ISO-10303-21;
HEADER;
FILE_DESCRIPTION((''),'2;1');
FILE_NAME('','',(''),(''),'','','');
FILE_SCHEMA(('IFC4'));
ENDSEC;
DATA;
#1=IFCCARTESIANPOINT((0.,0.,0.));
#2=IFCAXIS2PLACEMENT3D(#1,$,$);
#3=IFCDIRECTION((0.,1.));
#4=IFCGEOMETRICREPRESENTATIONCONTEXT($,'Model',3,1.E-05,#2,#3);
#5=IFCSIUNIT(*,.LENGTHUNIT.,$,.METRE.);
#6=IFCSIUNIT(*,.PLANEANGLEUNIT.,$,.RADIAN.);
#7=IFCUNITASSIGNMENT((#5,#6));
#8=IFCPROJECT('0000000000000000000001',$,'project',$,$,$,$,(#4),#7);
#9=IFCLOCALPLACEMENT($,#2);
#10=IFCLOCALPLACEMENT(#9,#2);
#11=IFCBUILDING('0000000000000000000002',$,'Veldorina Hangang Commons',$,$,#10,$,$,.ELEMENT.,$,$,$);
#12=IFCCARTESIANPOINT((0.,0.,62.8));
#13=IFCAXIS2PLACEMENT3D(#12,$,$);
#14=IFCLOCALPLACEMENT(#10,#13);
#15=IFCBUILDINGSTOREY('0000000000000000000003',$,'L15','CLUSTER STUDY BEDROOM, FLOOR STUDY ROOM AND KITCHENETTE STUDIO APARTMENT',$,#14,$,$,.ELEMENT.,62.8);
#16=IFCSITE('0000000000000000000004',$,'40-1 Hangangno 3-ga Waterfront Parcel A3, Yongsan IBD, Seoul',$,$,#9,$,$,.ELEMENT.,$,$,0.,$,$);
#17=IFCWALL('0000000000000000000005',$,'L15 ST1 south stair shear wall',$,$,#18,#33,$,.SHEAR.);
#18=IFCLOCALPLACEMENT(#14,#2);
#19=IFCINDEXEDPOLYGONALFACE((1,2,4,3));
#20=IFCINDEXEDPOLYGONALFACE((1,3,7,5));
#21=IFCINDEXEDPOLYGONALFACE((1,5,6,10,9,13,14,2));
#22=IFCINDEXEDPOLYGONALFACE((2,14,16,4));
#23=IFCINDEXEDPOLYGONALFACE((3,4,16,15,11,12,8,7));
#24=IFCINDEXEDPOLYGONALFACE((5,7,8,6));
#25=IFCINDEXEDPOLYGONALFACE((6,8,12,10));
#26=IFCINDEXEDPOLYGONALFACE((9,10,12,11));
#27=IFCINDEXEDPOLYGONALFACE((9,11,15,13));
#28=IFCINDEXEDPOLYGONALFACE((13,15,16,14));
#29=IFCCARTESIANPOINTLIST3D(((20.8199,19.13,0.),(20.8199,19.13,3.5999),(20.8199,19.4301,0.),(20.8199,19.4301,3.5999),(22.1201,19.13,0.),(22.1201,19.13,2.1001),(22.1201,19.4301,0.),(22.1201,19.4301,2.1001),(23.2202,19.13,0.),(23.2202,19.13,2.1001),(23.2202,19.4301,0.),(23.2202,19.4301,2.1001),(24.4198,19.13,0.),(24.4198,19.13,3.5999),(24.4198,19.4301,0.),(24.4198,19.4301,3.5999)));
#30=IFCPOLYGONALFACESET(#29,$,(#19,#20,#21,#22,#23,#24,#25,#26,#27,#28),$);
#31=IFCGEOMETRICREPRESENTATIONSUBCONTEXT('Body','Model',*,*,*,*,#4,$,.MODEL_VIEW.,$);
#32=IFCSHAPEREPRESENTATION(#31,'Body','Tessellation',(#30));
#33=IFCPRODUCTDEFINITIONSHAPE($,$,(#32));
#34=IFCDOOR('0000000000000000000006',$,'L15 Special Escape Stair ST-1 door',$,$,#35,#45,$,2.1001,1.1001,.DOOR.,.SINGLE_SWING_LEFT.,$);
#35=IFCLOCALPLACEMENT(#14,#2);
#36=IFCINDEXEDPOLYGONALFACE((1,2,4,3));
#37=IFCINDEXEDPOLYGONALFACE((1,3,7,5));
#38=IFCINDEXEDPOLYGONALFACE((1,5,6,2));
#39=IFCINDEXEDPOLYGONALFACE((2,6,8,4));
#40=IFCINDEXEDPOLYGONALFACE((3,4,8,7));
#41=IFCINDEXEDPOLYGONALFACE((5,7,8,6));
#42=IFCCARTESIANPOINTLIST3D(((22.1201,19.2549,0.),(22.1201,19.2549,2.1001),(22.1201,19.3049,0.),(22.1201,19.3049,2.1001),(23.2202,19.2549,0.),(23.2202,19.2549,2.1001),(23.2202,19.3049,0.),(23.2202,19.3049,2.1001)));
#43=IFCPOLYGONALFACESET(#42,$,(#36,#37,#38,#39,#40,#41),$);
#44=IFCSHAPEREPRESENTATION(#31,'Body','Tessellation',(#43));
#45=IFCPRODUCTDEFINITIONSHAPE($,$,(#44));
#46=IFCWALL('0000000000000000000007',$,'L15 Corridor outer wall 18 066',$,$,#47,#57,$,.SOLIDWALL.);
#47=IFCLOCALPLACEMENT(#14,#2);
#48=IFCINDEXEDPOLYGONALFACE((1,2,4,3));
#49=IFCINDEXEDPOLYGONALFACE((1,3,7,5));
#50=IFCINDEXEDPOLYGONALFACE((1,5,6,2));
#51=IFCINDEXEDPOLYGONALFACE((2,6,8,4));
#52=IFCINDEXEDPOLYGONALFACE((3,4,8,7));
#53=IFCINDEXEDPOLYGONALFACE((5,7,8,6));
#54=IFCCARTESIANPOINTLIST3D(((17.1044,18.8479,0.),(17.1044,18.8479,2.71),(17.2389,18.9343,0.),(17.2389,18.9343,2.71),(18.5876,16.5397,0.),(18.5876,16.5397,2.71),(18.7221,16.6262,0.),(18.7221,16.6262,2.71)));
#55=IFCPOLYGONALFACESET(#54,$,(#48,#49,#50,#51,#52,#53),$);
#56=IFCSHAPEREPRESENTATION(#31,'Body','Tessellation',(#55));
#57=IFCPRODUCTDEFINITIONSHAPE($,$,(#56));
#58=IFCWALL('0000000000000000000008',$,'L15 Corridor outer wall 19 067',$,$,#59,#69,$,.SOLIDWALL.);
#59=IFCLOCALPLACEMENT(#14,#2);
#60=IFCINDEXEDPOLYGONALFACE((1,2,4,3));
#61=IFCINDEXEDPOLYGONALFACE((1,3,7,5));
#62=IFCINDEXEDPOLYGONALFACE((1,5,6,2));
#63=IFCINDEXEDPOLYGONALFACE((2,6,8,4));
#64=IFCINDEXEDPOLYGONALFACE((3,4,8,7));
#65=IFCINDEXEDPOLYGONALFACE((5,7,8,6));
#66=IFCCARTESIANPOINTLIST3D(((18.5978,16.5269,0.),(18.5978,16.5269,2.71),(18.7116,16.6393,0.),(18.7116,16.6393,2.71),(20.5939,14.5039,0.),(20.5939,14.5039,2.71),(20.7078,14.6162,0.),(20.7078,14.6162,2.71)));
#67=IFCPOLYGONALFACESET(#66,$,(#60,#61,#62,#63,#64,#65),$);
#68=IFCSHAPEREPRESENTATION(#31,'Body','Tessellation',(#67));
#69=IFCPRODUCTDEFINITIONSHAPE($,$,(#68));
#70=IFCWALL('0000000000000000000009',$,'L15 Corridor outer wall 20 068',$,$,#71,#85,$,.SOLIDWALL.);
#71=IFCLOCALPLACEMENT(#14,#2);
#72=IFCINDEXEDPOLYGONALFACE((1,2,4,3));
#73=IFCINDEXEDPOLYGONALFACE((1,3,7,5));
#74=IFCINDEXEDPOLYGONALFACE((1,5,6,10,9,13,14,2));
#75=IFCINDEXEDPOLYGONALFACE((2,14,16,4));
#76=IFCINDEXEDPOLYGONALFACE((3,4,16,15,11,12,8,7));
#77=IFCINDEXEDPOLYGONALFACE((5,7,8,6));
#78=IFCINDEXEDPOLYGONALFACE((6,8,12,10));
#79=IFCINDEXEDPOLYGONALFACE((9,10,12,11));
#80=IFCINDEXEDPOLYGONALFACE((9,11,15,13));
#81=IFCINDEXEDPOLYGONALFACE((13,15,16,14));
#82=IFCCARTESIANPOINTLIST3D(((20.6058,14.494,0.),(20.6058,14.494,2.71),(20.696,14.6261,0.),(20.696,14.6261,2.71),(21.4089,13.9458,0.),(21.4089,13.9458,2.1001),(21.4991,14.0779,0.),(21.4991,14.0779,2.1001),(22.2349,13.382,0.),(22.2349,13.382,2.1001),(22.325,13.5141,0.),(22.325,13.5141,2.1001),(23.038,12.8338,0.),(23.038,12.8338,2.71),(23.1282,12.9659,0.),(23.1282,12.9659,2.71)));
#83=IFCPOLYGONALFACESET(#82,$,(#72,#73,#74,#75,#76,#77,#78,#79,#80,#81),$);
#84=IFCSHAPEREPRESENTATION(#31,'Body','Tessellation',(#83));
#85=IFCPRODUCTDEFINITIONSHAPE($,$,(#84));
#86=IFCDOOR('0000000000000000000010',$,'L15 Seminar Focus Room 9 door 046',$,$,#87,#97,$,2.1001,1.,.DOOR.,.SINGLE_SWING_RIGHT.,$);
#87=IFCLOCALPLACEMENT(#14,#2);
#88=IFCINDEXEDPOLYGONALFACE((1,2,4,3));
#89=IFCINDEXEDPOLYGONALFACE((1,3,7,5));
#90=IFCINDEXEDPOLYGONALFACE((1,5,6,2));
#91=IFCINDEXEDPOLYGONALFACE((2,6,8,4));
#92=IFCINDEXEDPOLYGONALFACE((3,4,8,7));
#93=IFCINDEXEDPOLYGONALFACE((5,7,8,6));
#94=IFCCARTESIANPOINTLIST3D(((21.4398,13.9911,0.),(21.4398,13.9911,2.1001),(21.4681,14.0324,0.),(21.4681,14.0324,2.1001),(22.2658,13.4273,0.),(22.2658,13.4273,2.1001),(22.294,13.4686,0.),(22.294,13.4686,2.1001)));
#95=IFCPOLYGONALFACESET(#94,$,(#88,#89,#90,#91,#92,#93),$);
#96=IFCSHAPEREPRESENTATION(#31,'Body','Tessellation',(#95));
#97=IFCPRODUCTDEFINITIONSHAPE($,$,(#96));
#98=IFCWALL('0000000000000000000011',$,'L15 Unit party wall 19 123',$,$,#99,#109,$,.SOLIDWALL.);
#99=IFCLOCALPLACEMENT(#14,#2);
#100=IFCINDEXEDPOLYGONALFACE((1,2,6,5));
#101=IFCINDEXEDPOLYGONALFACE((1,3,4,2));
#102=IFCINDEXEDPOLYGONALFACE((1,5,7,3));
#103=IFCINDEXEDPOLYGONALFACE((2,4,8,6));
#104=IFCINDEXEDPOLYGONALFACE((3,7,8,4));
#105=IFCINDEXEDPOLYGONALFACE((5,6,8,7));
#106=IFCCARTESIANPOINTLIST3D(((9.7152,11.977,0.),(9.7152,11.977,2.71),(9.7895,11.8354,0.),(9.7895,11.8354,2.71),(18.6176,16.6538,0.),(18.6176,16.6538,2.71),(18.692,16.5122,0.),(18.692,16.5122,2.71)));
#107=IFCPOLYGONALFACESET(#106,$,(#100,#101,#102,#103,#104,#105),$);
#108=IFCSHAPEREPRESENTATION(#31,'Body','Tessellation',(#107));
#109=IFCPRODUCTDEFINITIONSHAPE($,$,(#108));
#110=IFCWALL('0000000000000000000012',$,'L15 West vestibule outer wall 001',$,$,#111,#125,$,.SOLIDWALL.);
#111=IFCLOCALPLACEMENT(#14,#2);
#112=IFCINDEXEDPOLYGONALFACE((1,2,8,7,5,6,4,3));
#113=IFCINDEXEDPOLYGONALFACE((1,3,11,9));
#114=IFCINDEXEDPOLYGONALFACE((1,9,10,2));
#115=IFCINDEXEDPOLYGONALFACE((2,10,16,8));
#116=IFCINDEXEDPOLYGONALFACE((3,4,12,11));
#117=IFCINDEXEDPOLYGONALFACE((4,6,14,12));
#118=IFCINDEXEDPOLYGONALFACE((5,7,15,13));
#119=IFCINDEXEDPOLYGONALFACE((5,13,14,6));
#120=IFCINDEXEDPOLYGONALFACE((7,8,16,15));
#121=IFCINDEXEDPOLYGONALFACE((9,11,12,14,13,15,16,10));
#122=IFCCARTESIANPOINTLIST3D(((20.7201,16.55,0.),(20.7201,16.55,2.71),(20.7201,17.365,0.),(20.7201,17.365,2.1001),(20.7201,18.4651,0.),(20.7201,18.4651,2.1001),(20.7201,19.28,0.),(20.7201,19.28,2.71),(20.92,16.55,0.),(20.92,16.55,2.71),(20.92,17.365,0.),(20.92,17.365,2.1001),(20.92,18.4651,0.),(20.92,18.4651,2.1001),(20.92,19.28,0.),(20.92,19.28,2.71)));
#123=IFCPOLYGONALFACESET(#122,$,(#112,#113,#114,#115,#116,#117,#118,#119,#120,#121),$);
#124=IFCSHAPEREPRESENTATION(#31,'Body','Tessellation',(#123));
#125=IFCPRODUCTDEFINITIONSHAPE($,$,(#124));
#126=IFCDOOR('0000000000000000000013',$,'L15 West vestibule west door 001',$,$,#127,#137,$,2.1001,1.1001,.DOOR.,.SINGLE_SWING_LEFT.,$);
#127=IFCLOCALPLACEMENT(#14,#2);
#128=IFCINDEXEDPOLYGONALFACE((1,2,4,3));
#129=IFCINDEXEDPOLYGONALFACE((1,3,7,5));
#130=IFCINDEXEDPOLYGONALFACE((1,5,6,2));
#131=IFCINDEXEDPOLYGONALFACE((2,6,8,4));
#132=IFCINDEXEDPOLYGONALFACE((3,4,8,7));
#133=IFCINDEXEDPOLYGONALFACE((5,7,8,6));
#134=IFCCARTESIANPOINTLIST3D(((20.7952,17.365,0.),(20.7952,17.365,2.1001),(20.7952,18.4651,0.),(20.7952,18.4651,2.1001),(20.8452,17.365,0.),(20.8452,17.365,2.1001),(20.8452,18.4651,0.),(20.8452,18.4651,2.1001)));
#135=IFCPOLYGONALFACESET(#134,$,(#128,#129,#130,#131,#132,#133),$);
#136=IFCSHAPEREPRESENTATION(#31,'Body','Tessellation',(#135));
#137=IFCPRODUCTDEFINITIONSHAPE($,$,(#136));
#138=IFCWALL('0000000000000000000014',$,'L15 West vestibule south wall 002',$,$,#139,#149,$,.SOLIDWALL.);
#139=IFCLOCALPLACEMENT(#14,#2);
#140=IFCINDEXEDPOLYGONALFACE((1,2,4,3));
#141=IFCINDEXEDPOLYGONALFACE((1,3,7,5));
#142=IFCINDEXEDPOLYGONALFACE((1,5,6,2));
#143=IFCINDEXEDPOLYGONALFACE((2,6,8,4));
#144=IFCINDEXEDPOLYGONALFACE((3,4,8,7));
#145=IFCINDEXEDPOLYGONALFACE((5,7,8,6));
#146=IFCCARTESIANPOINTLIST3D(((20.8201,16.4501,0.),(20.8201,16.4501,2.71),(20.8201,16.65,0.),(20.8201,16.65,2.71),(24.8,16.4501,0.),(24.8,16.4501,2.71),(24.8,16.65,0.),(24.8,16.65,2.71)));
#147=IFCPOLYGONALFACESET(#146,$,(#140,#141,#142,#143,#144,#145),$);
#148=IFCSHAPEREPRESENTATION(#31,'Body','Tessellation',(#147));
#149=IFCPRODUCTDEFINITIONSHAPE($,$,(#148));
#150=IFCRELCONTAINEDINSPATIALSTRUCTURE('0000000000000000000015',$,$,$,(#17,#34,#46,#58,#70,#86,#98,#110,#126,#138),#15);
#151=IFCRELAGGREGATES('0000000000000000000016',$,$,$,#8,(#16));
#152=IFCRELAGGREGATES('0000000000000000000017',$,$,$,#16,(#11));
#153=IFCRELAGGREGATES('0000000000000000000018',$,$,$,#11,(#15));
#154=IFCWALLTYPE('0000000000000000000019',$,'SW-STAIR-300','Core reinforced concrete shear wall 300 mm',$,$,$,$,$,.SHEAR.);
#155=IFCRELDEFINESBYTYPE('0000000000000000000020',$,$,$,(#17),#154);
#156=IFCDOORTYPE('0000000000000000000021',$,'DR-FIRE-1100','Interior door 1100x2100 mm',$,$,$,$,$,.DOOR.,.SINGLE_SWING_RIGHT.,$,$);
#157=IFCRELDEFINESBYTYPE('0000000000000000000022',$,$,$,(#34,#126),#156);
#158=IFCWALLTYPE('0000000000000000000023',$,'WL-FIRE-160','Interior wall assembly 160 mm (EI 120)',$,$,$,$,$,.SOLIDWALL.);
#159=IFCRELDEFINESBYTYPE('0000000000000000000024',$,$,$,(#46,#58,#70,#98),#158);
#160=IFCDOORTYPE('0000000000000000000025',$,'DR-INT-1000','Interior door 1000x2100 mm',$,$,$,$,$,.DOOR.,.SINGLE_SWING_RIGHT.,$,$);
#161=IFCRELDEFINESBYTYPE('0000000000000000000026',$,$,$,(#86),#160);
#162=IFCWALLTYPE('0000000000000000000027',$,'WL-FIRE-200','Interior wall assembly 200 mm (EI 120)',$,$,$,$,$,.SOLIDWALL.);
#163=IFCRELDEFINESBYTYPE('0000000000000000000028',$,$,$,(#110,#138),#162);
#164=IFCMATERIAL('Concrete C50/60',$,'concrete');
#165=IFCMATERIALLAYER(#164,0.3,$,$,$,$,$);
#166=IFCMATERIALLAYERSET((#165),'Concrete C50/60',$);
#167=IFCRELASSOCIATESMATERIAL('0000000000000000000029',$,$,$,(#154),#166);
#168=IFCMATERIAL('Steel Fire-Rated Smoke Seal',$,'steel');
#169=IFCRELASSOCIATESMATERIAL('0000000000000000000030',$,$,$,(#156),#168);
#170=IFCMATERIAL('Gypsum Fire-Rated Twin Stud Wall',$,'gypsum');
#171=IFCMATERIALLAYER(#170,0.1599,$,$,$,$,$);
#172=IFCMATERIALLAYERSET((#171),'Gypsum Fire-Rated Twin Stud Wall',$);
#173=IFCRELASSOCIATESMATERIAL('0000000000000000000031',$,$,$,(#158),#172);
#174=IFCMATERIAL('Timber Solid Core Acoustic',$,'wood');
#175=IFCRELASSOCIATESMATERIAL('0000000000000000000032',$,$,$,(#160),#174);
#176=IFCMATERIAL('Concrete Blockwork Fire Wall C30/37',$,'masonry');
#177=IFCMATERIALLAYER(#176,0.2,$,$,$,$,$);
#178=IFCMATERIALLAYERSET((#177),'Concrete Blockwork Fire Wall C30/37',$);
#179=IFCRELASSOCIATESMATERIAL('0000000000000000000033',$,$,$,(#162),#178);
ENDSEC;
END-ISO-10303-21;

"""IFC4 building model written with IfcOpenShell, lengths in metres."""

from ifc_helpers import new_model, si_unit, direction, frame, frame_2d, origin, place, context, subcontext, project, spatial, rectangle, extrude, material, layer, layer_set, type_object, element, fill, save


model = new_model("IFC4")

# Units and contexts
model_context = context("Model", 3, precision=1e-05, world=origin(), true_north=direction((0.0, 1.0)))
body_context = subcontext(model_context, "Body", "Model", "MODEL_VIEW")
ifc_project = project(units=[si_unit("LENGTHUNIT", "METRE"), si_unit("PLANEANGLEUNIT", "RADIAN")], contexts=[model_context])

# Site, building, storey
site_placement = place(None, origin())
site = spatial("IfcSite", under=ifc_project, at=site_placement, Name="40-1 Hangangno 3-ga Waterfront Parcel A3, Yongsan IBD, Seoul", CompositionType="ELEMENT", RefElevation=0.0)
building_placement = place(site_placement, origin())
building = spatial("IfcBuilding", under=site, at=building_placement, Name="Veldorina Hangang Commons", CompositionType="ELEMENT")
storey_placement = place(building_placement, frame((0.0, 0.0, 62.8)))
storey = spatial("IfcBuildingStorey", under=building, at=storey_placement, Name="L15", Description="CLUSTER STUDY BEDROOM, FLOOR STUDY ROOM AND KITCHENETTE STUDIO APARTMENT", CompositionType="ELEMENT", Elevation=62.8)

# Shared definitions
ifc_material_1 = material(Name="Concrete C50/60", Category="concrete")
ifc_layer_1 = layer(ifc_material_1, 0.3)
ifc_layer_set_1 = layer_set([ifc_layer_1], Name="Concrete C50/60")
wall_type_1 = type_object("IfcWallType", Name="SW-STAIR-300", Description="Core reinforced concrete shear wall 300 mm", PredefinedType="SHEAR", material=ifc_layer_set_1)

# Wall, opening, door
wall_1_placement = place(storey_placement, frame((20.8201, 19.28, 0.0), z_axis=(0.0, 0.0, 1.0), x_axis=(1.0, 0.0, 0.0)))
wall_1 = element("IfcWall", 1, at=wall_1_placement, inside=storey, type_object=wall_type_1, Name="L15 ST1 south stair shear wall", PredefinedType="SHEAR", context=body_context, shape_type="SweptSolid", body=[
    extrude(rectangle(XDim=3.5999, YDim=0.3, at=frame_2d((1.7998, 0.0))), origin(), (0.0, 0.0, 1.0), 3.5999),
])
opening_1_placement = place(wall_1_placement, frame((1.3, 0.0, 0.0)))
opening_1 = element("IfcOpeningElement", 2, at=opening_1_placement, cuts=wall_1, PredefinedType="OPENING", context=body_context, shape_type="SweptSolid", body=[
    extrude(rectangle(XDim=1.1001, YDim=2.1001, at=frame_2d((0.55, 1.05))), frame((0.0, 0.1602, 0.0), z_axis=(0.0, -1.0, 0.0), x_axis=(1.0, 0.0, 0.0)), (0.0, 0.0, 1.0), 0.3201),
])
ifc_material_2 = material(Name="Steel Fire-Rated Smoke Seal", Category="steel")
door_type_1 = type_object("IfcDoorType", Name="DR-FIRE-1100", Description="Interior door 1100x2100 mm", OperationType="SINGLE_SWING_RIGHT", PredefinedType="DOOR", material=ifc_material_2)
door_1_placement = place(opening_1_placement, origin())
door_1 = element("IfcDoor", 3, at=door_1_placement, inside=storey, type_object=door_type_1, Name="L15 Special Escape Stair ST-1 door", OperationType="SINGLE_SWING_LEFT", OverallHeight=2.1001, OverallWidth=1.1001, PredefinedType="DOOR", context=body_context, shape_type="SweptSolid", body=[
    extrude(rectangle(XDim=1.1001, YDim=2.1001, at=frame_2d((0.55, 1.05))), frame((0.0, 0.0249, 0.0), z_axis=(0.0, -1.0, 0.0), x_axis=(1.0, 0.0, 0.0)), (0.0, 0.0, 1.0), 0.05),
])
fill(opening_1, door_1)

# Walls
ifc_material_3 = material(Name="Gypsum Fire-Rated Twin Stud Wall", Category="gypsum")
ifc_layer_2 = layer(ifc_material_3, 0.1599)
ifc_layer_set_2 = layer_set([ifc_layer_2], Name="Gypsum Fire-Rated Twin Stud Wall")
wall_type_2 = type_object("IfcWallType", Name="WL-FIRE-160", Description="Interior wall assembly 160 mm (EI 120)", PredefinedType="SOLIDWALL", material=ifc_layer_set_2)
wall_2_placement = place(storey_placement, frame((17.1716, 18.8911, 0.0), z_axis=(0.0, 0.0, 1.0), x_axis=(0.540596, -0.841283, 0.0)))
element("IfcWall", 4, at=wall_2_placement, inside=storey, type_object=wall_type_2, Name="L15 Corridor outer wall 18 066", PredefinedType="SOLIDWALL", context=body_context, shape_type="SweptSolid", body=[
    extrude(rectangle(XDim=2.7437, YDim=0.1599, at=frame_2d((1.3718, 0.0))), origin(), (0.0, 0.0, 1.0), 2.71),
])
wall_3_placement = place(storey_placement, frame((18.6548, 16.583, 0.0), z_axis=(0.0, 0.0, 1.0), x_axis=(0.702366, -0.711816, 0.0)))
element("IfcWall", 5, at=wall_3_placement, inside=storey, type_object=wall_type_2, Name="L15 Corridor outer wall 19 067", PredefinedType="SOLIDWALL", context=body_context, shape_type="SweptSolid", body=[
    extrude(rectangle(XDim=2.842, YDim=0.1599, at=frame_2d((1.4209, 0.0))), origin(), (0.0, 0.0, 1.0), 2.71),
])

# Wall, opening, door
wall_4_placement = place(storey_placement, frame((20.6509, 14.5601, 0.0), z_axis=(0.0, 0.0, 1.0), x_axis=(0.825929, -0.563774, 0.0)))
wall_4 = element("IfcWall", 6, at=wall_4_placement, inside=storey, type_object=wall_type_2, Name="L15 Corridor outer wall 20 068", PredefinedType="SOLIDWALL", context=body_context, shape_type="SweptSolid", body=[
    extrude(rectangle(XDim=2.9448, YDim=0.1599, at=frame_2d((1.4724, 0.0))), origin(), (0.0, 0.0, 1.0), 2.71),
])
opening_2_placement = place(wall_4_placement, frame((0.9724, 0.0, 0.0)))
opening_2 = element("IfcOpeningElement", 7, at=opening_2_placement, cuts=wall_4, PredefinedType="OPENING", context=body_context, shape_type="SweptSolid", body=[
    extrude(rectangle(XDim=1.0, YDim=2.1001, at=frame_2d((0.5, 1.05))), frame((0.0, 0.0898, 0.0), z_axis=(0.0, -1.0, 0.0), x_axis=(1.0, 0.0, 0.0)), (0.0, 0.0, 1.0), 0.1799),
])
ifc_material_4 = material(Name="Timber Solid Core Acoustic", Category="wood")
door_type_2 = type_object("IfcDoorType", Name="DR-INT-1000", Description="Interior door 1000x2100 mm", OperationType="SINGLE_SWING_RIGHT", PredefinedType="DOOR", material=ifc_material_4)
door_2_placement = place(opening_2_placement, origin())
door_2 = element("IfcDoor", 8, at=door_2_placement, inside=storey, type_object=door_type_2, Name="L15 Seminar Focus Room 9 door 046", OperationType="SINGLE_SWING_RIGHT", OverallHeight=2.1001, OverallWidth=1.0, PredefinedType="DOOR", context=body_context, shape_type="SweptSolid", body=[
    extrude(rectangle(XDim=1.0, YDim=2.1001, at=frame_2d((0.5, 1.05))), frame((0.0, 0.0249, 0.0), z_axis=(0.0, -1.0, 0.0), x_axis=(1.0, 0.0, 0.0)), (0.0, 0.0, 1.0), 0.05),
])
fill(opening_2, door_2)

# Wall
wall_5_placement = place(storey_placement, frame((18.6548, 16.583, 0.0), z_axis=(0.0, 0.0, 1.0), x_axis=(-0.885274, -0.46507, 0.0)))
element("IfcWall", 9, at=wall_5_placement, inside=storey, type_object=wall_type_2, Name="L15 Unit party wall 19 123", PredefinedType="SOLIDWALL", context=body_context, shape_type="SweptSolid", body=[
    extrude(rectangle(XDim=10.0562, YDim=0.1599, at=frame_2d((5.0281, 0.0))), origin(), (0.0, 0.0, 1.0), 2.71),
])

# Wall, opening, door
ifc_material_5 = material(Name="Concrete Blockwork Fire Wall C30/37", Category="masonry")
ifc_layer_3 = layer(ifc_material_5, 0.2)
ifc_layer_set_3 = layer_set([ifc_layer_3], Name="Concrete Blockwork Fire Wall C30/37")
wall_type_3 = type_object("IfcWallType", Name="WL-FIRE-200", Description="Interior wall assembly 200 mm (EI 120)", PredefinedType="SOLIDWALL", material=ifc_layer_set_3)
wall_6_placement = place(storey_placement, frame((20.8201, 16.55, 0.0), z_axis=(0.0, 0.0, 1.0), x_axis=(0.0, 1.0, 0.0)))
wall_6 = element("IfcWall", 10, at=wall_6_placement, inside=storey, type_object=wall_type_3, Name="L15 West vestibule outer wall 001", PredefinedType="SOLIDWALL", context=body_context, shape_type="SweptSolid", body=[
    extrude(rectangle(XDim=2.73, YDim=0.2, at=frame_2d((1.365, 0.0))), origin(), (0.0, 0.0, 1.0), 2.71),
])
opening_3_placement = place(wall_6_placement, frame((0.8149, 0.0, 0.0)))
opening_3 = element("IfcOpeningElement", 11, at=opening_3_placement, cuts=wall_6, PredefinedType="OPENING", context=body_context, shape_type="SweptSolid", body=[
    extrude(rectangle(XDim=1.1001, YDim=2.1001, at=frame_2d((0.55, 1.05))), frame((0.0, 0.1099, 0.0), z_axis=(0.0, -1.0, 0.0), x_axis=(1.0, 0.0, 0.0)), (0.0, 0.0, 1.0), 0.22),
])
door_3_placement = place(opening_3_placement, origin())
door_3 = element("IfcDoor", 12, at=door_3_placement, inside=storey, type_object=door_type_1, Name="L15 West vestibule west door 001", OperationType="SINGLE_SWING_LEFT", OverallHeight=2.1001, OverallWidth=1.1001, PredefinedType="DOOR", context=body_context, shape_type="SweptSolid", body=[
    extrude(rectangle(XDim=1.1001, YDim=2.1001, at=frame_2d((0.55, 1.05))), frame((0.0, 0.0249, 0.0), z_axis=(0.0, -1.0, 0.0), x_axis=(1.0, 0.0, 0.0)), (0.0, 0.0, 1.0), 0.05),
])
fill(opening_3, door_3)

# Wall
wall_7_placement = place(storey_placement, frame((20.8201, 16.55, 0.0), z_axis=(0.0, 0.0, 1.0), x_axis=(1.0, 0.0, 0.0)))
element("IfcWall", 13, at=wall_7_placement, inside=storey, type_object=wall_type_3, Name="L15 West vestibule south wall 002", PredefinedType="SOLIDWALL", context=body_context, shape_type="SweptSolid", body=[
    extrude(rectangle(XDim=3.98, YDim=0.2, at=frame_2d((1.99, 0.0))), origin(), (0.0, 0.0, 1.0), 2.71),
])

save(model, "model.ifc")
